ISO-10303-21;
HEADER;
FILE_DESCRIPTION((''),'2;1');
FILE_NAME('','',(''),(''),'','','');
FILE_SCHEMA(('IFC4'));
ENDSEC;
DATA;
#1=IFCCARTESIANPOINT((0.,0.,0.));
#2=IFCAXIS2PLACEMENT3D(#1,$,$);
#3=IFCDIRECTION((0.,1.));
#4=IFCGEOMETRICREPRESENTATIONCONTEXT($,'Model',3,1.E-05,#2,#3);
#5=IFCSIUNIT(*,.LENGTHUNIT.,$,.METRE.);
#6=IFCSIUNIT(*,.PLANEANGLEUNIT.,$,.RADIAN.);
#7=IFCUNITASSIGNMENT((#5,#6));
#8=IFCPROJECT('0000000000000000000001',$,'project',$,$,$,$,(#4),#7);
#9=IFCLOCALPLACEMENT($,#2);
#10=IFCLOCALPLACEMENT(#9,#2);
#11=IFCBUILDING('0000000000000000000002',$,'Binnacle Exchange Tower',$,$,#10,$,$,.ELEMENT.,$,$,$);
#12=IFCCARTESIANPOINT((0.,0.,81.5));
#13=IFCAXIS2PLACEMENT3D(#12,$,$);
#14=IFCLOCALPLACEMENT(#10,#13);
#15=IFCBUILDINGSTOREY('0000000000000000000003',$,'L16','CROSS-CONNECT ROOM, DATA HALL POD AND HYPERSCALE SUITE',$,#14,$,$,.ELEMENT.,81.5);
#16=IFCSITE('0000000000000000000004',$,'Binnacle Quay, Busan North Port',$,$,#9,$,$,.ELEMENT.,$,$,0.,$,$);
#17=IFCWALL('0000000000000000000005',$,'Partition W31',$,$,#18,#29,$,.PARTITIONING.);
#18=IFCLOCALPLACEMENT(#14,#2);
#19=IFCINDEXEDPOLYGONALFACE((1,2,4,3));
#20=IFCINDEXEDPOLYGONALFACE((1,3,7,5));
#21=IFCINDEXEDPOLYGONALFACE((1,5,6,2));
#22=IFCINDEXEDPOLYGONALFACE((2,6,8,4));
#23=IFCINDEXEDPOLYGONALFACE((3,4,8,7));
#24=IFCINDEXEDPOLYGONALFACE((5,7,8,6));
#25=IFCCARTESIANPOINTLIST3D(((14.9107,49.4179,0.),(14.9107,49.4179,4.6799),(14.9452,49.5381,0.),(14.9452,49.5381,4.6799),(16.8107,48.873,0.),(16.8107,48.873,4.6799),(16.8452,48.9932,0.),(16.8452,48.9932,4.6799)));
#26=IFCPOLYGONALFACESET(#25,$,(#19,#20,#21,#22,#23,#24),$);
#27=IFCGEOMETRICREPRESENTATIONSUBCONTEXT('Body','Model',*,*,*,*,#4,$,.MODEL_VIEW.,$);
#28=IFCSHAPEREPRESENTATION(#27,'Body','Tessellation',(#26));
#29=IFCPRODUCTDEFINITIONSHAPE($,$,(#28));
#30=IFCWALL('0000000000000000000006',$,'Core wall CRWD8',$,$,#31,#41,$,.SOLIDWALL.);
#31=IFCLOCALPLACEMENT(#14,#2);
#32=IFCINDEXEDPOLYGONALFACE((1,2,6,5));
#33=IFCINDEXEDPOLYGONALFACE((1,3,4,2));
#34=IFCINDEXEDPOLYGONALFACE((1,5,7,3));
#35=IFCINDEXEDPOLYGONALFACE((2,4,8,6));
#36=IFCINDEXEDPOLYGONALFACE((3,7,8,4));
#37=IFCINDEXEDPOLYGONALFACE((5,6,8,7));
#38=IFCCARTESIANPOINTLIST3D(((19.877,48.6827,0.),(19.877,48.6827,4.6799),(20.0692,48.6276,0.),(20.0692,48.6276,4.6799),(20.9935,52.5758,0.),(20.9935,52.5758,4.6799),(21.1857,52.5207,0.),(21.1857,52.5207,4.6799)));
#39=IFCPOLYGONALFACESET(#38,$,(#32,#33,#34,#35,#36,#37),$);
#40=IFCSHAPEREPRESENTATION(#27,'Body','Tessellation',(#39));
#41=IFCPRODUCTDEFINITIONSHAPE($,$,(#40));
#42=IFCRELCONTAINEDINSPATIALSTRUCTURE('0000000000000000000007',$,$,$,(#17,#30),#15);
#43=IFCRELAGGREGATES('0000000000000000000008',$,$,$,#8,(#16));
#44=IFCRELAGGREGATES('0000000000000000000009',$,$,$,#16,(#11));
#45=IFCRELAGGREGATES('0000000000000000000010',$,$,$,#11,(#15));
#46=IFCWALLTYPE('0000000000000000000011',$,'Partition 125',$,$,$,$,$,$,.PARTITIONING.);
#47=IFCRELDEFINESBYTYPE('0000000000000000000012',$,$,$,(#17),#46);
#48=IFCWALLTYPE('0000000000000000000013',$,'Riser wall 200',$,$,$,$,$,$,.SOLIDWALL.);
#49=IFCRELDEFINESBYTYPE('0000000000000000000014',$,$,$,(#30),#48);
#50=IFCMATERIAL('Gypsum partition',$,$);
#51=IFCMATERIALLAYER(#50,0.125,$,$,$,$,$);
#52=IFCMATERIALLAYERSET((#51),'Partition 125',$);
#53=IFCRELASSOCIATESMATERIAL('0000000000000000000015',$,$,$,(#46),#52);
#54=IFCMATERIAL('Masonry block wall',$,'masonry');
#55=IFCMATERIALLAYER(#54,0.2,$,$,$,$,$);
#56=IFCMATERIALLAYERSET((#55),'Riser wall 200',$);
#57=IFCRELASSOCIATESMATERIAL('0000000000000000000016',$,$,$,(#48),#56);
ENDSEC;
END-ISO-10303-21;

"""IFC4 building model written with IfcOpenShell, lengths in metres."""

from ifc_helpers import new_model, si_unit, direction, frame, frame_2d, origin, place, context, subcontext, project, spatial, rectangle, extrude, material, layer, layer_set, type_object, element, save


model = new_model("IFC4")

# Units and contexts
model_context = context("Model", 3, precision=1e-05, world=origin(), true_north=direction((0.0, 1.0)))
body_context = subcontext(model_context, "Body", "Model", "MODEL_VIEW")
ifc_project = project(units=[si_unit("LENGTHUNIT", "METRE"), si_unit("PLANEANGLEUNIT", "RADIAN")], contexts=[model_context])

# Site, building, storey
site_placement = place(None, origin())
site = spatial("IfcSite", under=ifc_project, at=site_placement, Name="Binnacle Quay, Busan North Port", CompositionType="ELEMENT", RefElevation=0.0)
building_placement = place(site_placement, origin())
building = spatial("IfcBuilding", under=site, at=building_placement, Name="Binnacle Exchange Tower", CompositionType="ELEMENT")
storey_placement = place(building_placement, frame((0.0, 0.0, 81.5)))
storey = spatial("IfcBuildingStorey", under=building, at=storey_placement, Name="L16", Description="CROSS-CONNECT ROOM, DATA HALL POD AND HYPERSCALE SUITE", CompositionType="ELEMENT", Elevation=81.5)

# Shared definitions
ifc_material_1 = material(Name="Masonry block wall", Category="masonry")

# Walls
ifc_material_2 = material(Name="Gypsum partition")
ifc_layer_1 = layer(ifc_material_2, 0.125)
ifc_layer_set_1 = layer_set([ifc_layer_1], Name="Partition 125")
wall_type_1 = type_object("IfcWallType", Name="Partition 125", PredefinedType="PARTITIONING", material=ifc_layer_set_1)
wall_1_placement = place(storey_placement, frame((14.928, 49.478, 0.0), z_axis=(0.0, 0.0, 1.0), x_axis=(0.961244, -0.2757, 0.0)))
element("IfcWall", 1, at=wall_1_placement, inside=storey, type_object=wall_type_1, Name="Partition W31", PredefinedType="PARTITIONING", context=body_context, shape_type="SweptSolid", body=[
    extrude(rectangle(XDim=1.9766, YDim=0.125, at=frame_2d((0.9883, 0.0))), origin(), (0.0, 0.0, 1.0), 4.6799),
])
ifc_layer_2 = layer(ifc_material_1, 0.2)
ifc_layer_set_2 = layer_set([ifc_layer_2], Name="Riser wall 200")
wall_type_2 = type_object("IfcWallType", Name="Riser wall 200", PredefinedType="SOLIDWALL", material=ifc_layer_set_2)
wall_2_placement = place(storey_placement, frame((19.9731, 48.6553, 0.0), z_axis=(0.0, 0.0, 1.0), x_axis=(0.275668, 0.961253, 0.0)))
element("IfcWall", 2, at=wall_2_placement, inside=storey, type_object=wall_type_2, Name="Core wall CRWD8", PredefinedType="SOLIDWALL", context=body_context, shape_type="SweptSolid", body=[
    extrude(rectangle(XDim=4.05, YDim=0.2, at=frame_2d((2.0249, 0.0))), origin(), (0.0, 0.0, 1.0), 4.6799),
])

save(model, "model.ifc")
